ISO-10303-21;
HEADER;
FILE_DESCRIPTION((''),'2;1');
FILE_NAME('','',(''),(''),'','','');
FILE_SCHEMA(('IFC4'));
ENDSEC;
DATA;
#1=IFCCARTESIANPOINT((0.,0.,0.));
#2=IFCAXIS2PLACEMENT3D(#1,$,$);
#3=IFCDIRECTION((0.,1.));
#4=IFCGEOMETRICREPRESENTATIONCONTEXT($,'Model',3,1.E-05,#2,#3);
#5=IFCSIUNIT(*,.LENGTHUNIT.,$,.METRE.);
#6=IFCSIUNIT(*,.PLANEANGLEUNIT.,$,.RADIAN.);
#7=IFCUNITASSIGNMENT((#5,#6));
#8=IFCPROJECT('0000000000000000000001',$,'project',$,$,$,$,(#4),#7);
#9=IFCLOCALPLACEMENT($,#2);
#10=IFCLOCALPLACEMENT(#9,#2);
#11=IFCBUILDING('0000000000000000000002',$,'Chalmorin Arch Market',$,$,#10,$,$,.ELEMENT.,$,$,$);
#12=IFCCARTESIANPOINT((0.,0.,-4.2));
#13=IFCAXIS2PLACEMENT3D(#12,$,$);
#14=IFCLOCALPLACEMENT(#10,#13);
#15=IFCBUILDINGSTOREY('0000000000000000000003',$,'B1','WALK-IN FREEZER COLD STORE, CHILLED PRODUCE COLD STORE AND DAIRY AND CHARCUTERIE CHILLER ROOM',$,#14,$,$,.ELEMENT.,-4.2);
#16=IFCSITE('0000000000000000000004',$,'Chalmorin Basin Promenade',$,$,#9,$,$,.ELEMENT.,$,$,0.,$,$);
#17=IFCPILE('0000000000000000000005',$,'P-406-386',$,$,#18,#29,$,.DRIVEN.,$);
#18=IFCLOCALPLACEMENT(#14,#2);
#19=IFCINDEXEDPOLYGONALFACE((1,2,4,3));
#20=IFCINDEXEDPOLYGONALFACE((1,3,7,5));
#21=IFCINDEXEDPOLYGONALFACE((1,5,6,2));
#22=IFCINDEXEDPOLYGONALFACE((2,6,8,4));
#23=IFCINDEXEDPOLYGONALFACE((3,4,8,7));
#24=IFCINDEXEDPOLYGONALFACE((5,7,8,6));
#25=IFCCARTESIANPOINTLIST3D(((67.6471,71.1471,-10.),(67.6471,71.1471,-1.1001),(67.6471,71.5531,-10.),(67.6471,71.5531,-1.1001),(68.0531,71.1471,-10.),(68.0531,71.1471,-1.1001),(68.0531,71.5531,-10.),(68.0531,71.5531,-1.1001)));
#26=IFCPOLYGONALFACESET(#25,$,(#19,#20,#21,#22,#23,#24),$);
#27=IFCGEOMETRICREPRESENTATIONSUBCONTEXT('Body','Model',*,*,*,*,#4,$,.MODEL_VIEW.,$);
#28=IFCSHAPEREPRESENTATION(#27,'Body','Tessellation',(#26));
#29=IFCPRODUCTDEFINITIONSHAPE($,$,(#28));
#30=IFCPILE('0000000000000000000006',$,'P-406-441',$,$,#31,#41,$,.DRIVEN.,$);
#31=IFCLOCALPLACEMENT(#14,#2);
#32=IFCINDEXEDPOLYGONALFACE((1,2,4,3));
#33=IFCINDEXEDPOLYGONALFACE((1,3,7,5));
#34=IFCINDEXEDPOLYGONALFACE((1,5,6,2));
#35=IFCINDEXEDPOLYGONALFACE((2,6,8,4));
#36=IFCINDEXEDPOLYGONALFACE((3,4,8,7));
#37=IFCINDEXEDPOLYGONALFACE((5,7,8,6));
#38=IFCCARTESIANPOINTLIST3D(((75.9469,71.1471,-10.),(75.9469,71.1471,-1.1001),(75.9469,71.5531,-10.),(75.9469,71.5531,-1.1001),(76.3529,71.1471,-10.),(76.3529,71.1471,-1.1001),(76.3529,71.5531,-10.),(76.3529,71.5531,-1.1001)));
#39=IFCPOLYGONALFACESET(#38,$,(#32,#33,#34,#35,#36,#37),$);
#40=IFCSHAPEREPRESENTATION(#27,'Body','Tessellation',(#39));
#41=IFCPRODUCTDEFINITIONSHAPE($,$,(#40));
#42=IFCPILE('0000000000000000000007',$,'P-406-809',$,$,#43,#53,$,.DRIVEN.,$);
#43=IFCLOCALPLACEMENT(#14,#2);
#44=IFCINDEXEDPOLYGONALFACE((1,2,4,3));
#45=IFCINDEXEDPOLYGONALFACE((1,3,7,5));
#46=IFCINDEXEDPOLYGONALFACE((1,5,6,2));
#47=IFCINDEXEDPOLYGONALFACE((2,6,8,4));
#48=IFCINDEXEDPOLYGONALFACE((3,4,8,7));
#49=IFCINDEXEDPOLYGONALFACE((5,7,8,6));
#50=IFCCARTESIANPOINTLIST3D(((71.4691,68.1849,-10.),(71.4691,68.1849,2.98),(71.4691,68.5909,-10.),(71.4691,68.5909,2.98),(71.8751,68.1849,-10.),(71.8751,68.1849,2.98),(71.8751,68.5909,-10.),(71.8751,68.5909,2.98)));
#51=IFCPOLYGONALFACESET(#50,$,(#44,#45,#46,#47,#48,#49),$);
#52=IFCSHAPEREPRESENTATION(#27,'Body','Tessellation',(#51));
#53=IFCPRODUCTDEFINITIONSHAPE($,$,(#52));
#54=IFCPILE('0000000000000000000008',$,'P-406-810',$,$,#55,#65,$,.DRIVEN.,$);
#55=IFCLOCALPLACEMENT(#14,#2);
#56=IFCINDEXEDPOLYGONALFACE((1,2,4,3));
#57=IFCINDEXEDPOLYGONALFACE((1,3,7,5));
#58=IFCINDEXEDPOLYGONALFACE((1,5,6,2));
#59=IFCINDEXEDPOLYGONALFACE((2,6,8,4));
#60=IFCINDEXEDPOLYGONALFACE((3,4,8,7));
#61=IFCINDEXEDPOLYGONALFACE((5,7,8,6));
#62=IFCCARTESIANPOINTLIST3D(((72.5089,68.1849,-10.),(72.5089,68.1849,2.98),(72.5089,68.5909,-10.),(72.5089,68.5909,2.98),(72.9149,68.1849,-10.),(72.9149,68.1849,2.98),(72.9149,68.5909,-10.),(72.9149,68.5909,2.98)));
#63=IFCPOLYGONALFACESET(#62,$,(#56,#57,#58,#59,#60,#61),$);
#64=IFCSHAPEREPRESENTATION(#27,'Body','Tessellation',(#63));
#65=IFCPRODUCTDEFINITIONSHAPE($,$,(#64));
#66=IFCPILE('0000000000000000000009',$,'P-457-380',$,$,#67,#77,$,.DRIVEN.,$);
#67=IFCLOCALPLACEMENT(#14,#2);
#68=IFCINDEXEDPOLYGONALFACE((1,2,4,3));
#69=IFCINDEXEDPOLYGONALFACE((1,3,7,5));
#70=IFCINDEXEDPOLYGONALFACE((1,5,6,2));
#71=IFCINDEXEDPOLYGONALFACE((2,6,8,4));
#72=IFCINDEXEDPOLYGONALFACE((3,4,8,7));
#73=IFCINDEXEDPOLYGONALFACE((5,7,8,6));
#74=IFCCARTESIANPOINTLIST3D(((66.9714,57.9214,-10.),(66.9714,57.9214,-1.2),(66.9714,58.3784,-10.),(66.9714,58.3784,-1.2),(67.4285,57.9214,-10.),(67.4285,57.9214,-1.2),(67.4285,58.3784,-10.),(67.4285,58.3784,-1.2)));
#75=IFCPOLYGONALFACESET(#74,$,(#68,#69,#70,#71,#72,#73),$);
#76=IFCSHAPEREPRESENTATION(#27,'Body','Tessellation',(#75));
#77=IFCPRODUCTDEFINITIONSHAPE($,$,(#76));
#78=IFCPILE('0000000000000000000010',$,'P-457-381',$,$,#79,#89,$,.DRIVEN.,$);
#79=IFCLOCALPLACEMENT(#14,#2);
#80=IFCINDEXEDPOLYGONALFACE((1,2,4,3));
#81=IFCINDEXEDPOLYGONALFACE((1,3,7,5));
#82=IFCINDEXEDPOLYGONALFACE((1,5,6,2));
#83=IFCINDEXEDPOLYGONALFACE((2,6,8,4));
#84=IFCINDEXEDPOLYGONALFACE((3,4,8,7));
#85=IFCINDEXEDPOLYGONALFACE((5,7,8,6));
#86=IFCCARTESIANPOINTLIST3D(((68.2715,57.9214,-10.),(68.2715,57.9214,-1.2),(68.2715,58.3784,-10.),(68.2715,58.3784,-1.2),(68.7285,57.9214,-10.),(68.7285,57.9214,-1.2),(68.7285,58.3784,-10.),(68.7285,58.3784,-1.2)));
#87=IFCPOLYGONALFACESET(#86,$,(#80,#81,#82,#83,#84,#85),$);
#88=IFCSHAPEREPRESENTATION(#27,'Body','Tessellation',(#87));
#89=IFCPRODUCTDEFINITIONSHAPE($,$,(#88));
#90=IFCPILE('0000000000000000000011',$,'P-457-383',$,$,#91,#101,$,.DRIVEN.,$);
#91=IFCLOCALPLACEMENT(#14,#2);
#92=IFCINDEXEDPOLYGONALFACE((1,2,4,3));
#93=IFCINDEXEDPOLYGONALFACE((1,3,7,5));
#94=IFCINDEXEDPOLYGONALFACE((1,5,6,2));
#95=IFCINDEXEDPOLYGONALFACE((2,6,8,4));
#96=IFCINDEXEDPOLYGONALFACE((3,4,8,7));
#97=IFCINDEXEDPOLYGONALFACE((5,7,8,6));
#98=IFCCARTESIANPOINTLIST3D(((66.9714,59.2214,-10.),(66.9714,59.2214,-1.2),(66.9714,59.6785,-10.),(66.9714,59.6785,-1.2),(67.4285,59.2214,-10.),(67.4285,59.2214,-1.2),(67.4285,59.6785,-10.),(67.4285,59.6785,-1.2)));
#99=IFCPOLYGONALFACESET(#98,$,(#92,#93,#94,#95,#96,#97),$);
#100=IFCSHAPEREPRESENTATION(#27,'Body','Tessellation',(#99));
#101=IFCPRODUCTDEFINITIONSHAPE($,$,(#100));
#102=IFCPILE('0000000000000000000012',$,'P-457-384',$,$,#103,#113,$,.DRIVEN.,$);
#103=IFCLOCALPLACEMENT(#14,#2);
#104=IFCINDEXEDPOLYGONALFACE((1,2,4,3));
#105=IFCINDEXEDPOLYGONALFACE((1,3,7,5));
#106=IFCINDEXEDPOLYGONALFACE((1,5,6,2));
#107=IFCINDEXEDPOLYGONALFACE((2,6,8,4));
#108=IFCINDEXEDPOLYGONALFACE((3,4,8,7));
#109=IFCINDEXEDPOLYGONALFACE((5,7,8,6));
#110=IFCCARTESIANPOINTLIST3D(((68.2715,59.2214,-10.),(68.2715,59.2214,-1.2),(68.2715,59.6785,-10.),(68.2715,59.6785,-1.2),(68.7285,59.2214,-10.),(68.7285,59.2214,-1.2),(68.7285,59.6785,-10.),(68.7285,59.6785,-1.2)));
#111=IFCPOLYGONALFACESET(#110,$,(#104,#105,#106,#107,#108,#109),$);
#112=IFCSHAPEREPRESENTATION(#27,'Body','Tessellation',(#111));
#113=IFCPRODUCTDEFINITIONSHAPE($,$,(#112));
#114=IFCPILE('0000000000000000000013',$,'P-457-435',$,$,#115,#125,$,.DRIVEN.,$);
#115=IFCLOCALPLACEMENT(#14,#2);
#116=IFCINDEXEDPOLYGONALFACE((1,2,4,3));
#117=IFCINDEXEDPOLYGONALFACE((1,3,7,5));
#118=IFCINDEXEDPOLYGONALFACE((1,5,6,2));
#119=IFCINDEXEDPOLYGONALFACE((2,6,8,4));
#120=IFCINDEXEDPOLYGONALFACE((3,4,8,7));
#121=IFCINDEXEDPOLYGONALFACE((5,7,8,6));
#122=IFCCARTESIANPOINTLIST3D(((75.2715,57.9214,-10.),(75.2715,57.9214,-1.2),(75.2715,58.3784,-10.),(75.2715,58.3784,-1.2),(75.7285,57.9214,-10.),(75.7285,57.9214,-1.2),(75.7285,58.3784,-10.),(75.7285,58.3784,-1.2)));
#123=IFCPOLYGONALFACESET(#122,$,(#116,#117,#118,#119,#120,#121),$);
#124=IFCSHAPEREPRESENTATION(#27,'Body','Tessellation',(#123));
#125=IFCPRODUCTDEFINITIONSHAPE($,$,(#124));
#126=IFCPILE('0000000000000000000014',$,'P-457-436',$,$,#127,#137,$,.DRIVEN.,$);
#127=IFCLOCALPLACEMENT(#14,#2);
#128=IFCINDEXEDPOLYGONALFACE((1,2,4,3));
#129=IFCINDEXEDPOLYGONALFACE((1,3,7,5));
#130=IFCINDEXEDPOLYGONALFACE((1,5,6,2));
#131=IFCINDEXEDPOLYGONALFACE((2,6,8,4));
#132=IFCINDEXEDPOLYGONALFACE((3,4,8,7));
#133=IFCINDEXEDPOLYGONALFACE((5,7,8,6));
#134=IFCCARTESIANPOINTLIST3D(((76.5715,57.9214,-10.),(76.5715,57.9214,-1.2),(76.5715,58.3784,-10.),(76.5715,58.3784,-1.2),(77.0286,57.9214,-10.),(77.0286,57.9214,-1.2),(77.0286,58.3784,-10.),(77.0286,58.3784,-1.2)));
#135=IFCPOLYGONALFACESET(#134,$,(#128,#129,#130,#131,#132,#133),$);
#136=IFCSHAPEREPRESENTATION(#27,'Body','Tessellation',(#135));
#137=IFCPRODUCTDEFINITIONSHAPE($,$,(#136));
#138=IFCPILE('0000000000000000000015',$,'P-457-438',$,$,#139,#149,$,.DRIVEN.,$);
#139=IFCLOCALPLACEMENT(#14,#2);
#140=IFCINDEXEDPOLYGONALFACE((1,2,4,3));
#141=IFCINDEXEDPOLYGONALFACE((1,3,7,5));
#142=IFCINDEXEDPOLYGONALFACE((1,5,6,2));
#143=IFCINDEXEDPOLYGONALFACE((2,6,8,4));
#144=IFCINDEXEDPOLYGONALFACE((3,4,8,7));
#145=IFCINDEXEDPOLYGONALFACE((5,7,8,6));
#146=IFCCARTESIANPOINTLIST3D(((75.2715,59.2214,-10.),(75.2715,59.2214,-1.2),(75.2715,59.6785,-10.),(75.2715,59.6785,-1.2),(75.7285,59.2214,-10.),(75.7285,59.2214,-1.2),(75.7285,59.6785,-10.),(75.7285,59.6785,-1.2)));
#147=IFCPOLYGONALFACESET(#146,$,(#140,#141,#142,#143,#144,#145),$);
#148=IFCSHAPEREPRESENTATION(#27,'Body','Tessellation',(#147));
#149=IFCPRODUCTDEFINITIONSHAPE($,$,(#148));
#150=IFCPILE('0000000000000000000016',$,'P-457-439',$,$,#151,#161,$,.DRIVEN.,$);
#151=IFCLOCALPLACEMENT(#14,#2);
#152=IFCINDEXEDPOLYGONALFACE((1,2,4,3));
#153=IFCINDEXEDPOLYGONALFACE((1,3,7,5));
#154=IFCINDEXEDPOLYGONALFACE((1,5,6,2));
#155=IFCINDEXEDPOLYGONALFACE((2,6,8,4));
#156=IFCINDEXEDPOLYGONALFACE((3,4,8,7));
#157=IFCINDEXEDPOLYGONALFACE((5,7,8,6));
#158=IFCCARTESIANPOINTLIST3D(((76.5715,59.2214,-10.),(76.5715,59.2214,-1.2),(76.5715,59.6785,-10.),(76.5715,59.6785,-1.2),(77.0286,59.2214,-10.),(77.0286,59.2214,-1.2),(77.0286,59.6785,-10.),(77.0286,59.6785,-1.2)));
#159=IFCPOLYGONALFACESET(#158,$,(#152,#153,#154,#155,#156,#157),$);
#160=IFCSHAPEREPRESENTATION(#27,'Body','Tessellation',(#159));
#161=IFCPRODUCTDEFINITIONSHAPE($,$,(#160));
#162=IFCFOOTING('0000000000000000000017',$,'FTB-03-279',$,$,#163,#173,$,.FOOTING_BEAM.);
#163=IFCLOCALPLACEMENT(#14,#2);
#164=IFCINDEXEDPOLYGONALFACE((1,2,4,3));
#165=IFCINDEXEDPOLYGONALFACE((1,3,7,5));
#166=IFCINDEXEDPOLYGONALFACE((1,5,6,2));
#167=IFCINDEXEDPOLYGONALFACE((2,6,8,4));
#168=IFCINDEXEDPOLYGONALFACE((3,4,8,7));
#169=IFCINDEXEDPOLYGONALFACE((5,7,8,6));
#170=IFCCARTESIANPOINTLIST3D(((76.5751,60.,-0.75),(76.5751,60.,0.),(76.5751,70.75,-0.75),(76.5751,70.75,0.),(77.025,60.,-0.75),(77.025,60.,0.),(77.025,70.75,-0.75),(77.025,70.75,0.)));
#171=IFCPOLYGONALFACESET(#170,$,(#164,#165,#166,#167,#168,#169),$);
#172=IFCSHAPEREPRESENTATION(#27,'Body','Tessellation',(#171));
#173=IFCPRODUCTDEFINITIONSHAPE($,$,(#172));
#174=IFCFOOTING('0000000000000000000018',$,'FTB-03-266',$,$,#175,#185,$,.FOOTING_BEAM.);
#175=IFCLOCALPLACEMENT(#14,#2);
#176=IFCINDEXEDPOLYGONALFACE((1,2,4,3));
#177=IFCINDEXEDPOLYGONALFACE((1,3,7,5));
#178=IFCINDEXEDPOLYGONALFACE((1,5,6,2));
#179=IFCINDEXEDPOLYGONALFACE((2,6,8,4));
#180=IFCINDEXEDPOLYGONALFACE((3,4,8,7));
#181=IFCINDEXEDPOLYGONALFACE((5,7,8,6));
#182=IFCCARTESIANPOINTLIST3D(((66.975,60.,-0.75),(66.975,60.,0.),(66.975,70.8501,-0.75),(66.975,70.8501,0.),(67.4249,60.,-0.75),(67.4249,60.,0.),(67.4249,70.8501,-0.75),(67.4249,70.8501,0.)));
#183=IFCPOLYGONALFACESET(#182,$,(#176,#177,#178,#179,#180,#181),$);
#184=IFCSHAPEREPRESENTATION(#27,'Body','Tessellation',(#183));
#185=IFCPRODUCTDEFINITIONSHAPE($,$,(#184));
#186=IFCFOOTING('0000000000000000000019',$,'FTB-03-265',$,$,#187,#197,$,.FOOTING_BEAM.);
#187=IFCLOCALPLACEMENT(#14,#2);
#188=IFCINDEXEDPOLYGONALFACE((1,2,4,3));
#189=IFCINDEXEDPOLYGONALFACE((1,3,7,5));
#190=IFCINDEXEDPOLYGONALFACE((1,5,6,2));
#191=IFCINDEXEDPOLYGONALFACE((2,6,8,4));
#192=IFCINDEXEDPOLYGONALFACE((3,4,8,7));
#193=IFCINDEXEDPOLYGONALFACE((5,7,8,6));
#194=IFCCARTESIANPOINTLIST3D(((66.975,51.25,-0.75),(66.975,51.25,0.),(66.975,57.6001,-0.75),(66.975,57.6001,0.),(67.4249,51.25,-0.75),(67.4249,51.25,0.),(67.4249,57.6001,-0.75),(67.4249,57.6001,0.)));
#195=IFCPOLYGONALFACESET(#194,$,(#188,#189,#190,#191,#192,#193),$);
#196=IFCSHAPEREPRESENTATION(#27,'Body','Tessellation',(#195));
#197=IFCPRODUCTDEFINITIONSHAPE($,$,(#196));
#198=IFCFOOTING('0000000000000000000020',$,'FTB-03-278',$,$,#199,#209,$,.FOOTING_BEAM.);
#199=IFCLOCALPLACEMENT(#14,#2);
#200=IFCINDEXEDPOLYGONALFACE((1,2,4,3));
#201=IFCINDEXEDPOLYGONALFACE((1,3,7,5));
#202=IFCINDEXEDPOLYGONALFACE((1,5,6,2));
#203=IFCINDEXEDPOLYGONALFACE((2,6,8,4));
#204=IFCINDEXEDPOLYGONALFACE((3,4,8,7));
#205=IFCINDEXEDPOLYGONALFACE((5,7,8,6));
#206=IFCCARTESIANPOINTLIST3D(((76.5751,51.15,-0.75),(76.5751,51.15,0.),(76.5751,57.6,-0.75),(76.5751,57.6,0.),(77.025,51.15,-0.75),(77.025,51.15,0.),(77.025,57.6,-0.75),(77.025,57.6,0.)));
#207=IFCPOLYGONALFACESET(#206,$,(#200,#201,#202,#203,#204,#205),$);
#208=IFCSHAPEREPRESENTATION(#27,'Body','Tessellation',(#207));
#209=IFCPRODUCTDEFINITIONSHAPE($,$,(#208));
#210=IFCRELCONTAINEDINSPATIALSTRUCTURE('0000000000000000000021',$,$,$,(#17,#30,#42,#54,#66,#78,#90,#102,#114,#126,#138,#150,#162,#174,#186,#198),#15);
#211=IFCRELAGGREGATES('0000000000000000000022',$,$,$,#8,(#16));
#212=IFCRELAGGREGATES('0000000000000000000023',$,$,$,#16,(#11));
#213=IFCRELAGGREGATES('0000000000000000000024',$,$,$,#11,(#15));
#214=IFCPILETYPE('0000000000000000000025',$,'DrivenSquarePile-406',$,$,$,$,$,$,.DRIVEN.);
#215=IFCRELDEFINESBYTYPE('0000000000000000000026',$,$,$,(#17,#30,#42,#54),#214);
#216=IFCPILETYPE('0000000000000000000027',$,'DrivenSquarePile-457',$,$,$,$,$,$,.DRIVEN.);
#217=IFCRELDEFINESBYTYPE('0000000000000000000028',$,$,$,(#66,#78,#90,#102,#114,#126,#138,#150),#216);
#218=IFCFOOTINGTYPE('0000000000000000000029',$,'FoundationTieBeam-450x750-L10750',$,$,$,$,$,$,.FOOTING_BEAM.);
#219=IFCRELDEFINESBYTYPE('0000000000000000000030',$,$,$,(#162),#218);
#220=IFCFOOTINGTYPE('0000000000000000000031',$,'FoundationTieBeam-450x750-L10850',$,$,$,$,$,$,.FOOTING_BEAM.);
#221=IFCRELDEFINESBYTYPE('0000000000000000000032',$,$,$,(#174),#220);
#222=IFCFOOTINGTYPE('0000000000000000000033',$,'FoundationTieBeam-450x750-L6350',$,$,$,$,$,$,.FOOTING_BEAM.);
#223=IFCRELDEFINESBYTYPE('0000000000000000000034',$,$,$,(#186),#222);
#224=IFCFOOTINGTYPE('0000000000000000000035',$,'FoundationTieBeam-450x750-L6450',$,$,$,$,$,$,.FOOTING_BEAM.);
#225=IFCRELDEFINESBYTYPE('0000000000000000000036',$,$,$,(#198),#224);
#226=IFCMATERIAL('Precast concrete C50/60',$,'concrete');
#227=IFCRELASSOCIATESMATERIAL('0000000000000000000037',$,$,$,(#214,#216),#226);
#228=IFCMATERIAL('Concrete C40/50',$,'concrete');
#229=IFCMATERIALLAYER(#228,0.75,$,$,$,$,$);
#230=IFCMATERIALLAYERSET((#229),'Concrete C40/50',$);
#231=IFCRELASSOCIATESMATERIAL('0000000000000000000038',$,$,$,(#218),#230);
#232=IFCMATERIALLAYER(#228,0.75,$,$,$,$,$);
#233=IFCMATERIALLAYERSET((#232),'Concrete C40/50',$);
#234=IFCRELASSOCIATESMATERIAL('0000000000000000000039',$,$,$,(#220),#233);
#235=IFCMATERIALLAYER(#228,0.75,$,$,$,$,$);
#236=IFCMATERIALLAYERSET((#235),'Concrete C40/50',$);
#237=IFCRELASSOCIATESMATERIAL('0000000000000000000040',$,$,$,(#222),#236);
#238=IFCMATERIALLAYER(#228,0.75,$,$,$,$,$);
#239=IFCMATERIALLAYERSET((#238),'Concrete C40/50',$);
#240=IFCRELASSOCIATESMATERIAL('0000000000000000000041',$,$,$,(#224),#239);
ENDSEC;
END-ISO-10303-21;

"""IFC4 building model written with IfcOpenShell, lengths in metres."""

from ifc_helpers import new_model, si_unit, direction, frame, origin, origin_2d, place, context, subcontext, project, spatial, rectangle, extrude, material, layer, layer_set, material_profile, profile_set, type_object, element, save


model = new_model("IFC4")

# Units and contexts
model_context = context("Model", 3, precision=1e-05, world=origin(), true_north=direction((0.0, 1.0)))
body_context = subcontext(model_context, "Body", "Model", "MODEL_VIEW")
ifc_project = project(units=[si_unit("LENGTHUNIT", "METRE"), si_unit("PLANEANGLEUNIT", "RADIAN")], contexts=[model_context])

# Site, building, storey
site_placement = place(None, origin())
site = spatial("IfcSite", under=ifc_project, at=site_placement, Name="Chalmorin Basin Promenade", CompositionType="ELEMENT", RefElevation=0.0)
building_placement = place(site_placement, origin())
building = spatial("IfcBuilding", under=site, at=building_placement, Name="Chalmorin Arch Market", CompositionType="ELEMENT")
storey_placement = place(building_placement, frame((0.0, 0.0, -4.2)))
storey = spatial("IfcBuildingStorey", under=building, at=storey_placement, Name="B1", Description="WALK-IN FREEZER COLD STORE, CHILLED PRODUCE COLD STORE AND DAIRY AND CHARCUTERIE CHILLER ROOM", CompositionType="ELEMENT", Elevation=-4.2)

# Piles
ifc_material_1 = material(Name="Precast concrete C50/60", Category="concrete")
ifc_material_profile_1 = material_profile(ifc_material_1, rectangle(XDim=0.406, YDim=0.406, at=origin_2d()), Name="PPC406")
ifc_profile_set_1 = profile_set([ifc_material_profile_1], Name="Precast concrete C50/60")
pile_type_1 = type_object("IfcPileType", Name="DrivenSquarePile-406", PredefinedType="DRIVEN", material=ifc_profile_set_1)
for number, where, z_axis, x_axis, name in (
    (1, (67.8501, 71.3501, -1.1001), (0.0, 0.0, -1.0), (1.0, 0.0, 0.0), "P-406-386"),
    (2, (76.1499, 71.3501, -1.1001), (0.0, 0.0, -1.0), (1.0, 0.0, 0.0), "P-406-441"),
):
    element("IfcPile", number, at=place(storey_placement, frame(where, z_axis=z_axis, x_axis=x_axis)), inside=storey, type_object=pile_type_1, Name=name, PredefinedType="DRIVEN", context=body_context, shape_type="SweptSolid", body=[
        extrude(rectangle(XDim=0.406, YDim=0.406, at=origin_2d()), origin(), (0.0, 0.0, 1.0), 8.8999),
    ])
for number, where, z_axis, x_axis, name in (
    (3, (71.6721, 68.3879, 2.98), (0.0, 0.0, -1.0), (1.0, 0.0, 0.0), "P-406-809"),
    (4, (72.7119, 68.3879, 2.98), (0.0, 0.0, -1.0), (1.0, 0.0, 0.0), "P-406-810"),
):
    element("IfcPile", number, at=place(storey_placement, frame(where, z_axis=z_axis, x_axis=x_axis)), inside=storey, type_object=pile_type_1, Name=name, PredefinedType="DRIVEN", context=body_context, shape_type="SweptSolid", body=[
        extrude(rectangle(XDim=0.406, YDim=0.406, at=origin_2d()), origin(), (0.0, 0.0, 1.0), 12.98),
    ])
ifc_material_profile_2 = material_profile(ifc_material_1, rectangle(XDim=0.457, YDim=0.457, at=origin_2d()), Name="PPC457")
ifc_profile_set_2 = profile_set([ifc_material_profile_2], Name="Precast concrete C50/60")
pile_type_2 = type_object("IfcPileType", Name="DrivenSquarePile-457", PredefinedType="DRIVEN", material=ifc_profile_set_2)
for number, where, z_axis, x_axis, name in (
    (5, (67.2, 58.1499, -1.2), (0.0, 0.0, -1.0), (1.0, 0.0, 0.0), "P-457-380"),
    (6, (68.5, 58.1499, -1.2), (0.0, 0.0, -1.0), (1.0, 0.0, 0.0), "P-457-381"),
    (7, (67.2, 59.45, -1.2), (0.0, 0.0, -1.0), (1.0, 0.0, 0.0), "P-457-383"),
    (8, (68.5, 59.45, -1.2), (0.0, 0.0, -1.0), (1.0, 0.0, 0.0), "P-457-384"),
    (9, (75.5, 58.1499, -1.2), (0.0, 0.0, -1.0), (1.0, 0.0, 0.0), "P-457-435"),
    (10, (76.8, 58.1499, -1.2), (0.0, 0.0, -1.0), (1.0, 0.0, 0.0), "P-457-436"),
    (11, (75.5, 59.45, -1.2), (0.0, 0.0, -1.0), (1.0, 0.0, 0.0), "P-457-438"),
    (12, (76.8, 59.45, -1.2), (0.0, 0.0, -1.0), (1.0, 0.0, 0.0), "P-457-439"),
):
    element("IfcPile", number, at=place(storey_placement, frame(where, z_axis=z_axis, x_axis=x_axis)), inside=storey, type_object=pile_type_2, Name=name, PredefinedType="DRIVEN", context=body_context, shape_type="SweptSolid", body=[
        extrude(rectangle(XDim=0.457, YDim=0.457, at=origin_2d()), origin(), (0.0, 0.0, 1.0), 8.8),
    ])

# Footings
ifc_material_2 = material(Name="Concrete C40/50", Category="concrete")
ifc_layer_1 = layer(ifc_material_2, 0.75)
ifc_layer_set_1 = layer_set([ifc_layer_1], Name="Concrete C40/50")
footing_type_1 = type_object("IfcFootingType", Name="FoundationTieBeam-450x750-L10750", PredefinedType="FOOTING_BEAM", material=ifc_layer_set_1)
footing_1_placement = place(storey_placement, frame((76.8, 65.375, -0.75), z_axis=(0.0, 0.0, 1.0), x_axis=(0.0, 1.0, 0.0)))
element("IfcFooting", 13, at=footing_1_placement, inside=storey, type_object=footing_type_1, Name="FTB-03-279", PredefinedType="FOOTING_BEAM", context=body_context, shape_type="SweptSolid", body=[
    extrude(rectangle(XDim=10.75, YDim=0.45, at=origin_2d()), origin(), (0.0, 0.0, 1.0), 0.75),
])
ifc_layer_2 = layer(ifc_material_2, 0.75)
ifc_layer_set_2 = layer_set([ifc_layer_2], Name="Concrete C40/50")
footing_type_2 = type_object("IfcFootingType", Name="FoundationTieBeam-450x750-L10850", PredefinedType="FOOTING_BEAM", material=ifc_layer_set_2)
footing_2_placement = place(storey_placement, frame((67.2, 65.425, -0.75), z_axis=(0.0, 0.0, 1.0), x_axis=(0.0, 1.0, 0.0)))
element("IfcFooting", 14, at=footing_2_placement, inside=storey, type_object=footing_type_2, Name="FTB-03-266", PredefinedType="FOOTING_BEAM", context=body_context, shape_type="SweptSolid", body=[
    extrude(rectangle(XDim=10.8501, YDim=0.45, at=origin_2d()), origin(), (0.0, 0.0, 1.0), 0.75),
])
ifc_layer_3 = layer(ifc_material_2, 0.75)
ifc_layer_set_3 = layer_set([ifc_layer_3], Name="Concrete C40/50")
footing_type_3 = type_object("IfcFootingType", Name="FoundationTieBeam-450x750-L6350", PredefinedType="FOOTING_BEAM", material=ifc_layer_set_3)
footing_3_placement = place(storey_placement, frame((67.2, 54.425, -0.75), z_axis=(0.0, 0.0, 1.0), x_axis=(0.0, 1.0, 0.0)))
element("IfcFooting", 15, at=footing_3_placement, inside=storey, type_object=footing_type_3, Name="FTB-03-265", PredefinedType="FOOTING_BEAM", context=body_context, shape_type="SweptSolid", body=[
    extrude(rectangle(XDim=6.3501, YDim=0.45, at=origin_2d()), origin(), (0.0, 0.0, 1.0), 0.75),
])
ifc_layer_4 = layer(ifc_material_2, 0.75)
ifc_layer_set_4 = layer_set([ifc_layer_4], Name="Concrete C40/50")
footing_type_4 = type_object("IfcFootingType", Name="FoundationTieBeam-450x750-L6450", PredefinedType="FOOTING_BEAM", material=ifc_layer_set_4)
footing_4_placement = place(storey_placement, frame((76.8, 54.375, -0.75), z_axis=(0.0, 0.0, 1.0), x_axis=(0.0, 1.0, 0.0)))
element("IfcFooting", 16, at=footing_4_placement, inside=storey, type_object=footing_type_4, Name="FTB-03-278", PredefinedType="FOOTING_BEAM", context=body_context, shape_type="SweptSolid", body=[
    extrude(rectangle(XDim=6.45, YDim=0.45, at=origin_2d()), origin(), (0.0, 0.0, 1.0), 0.75),
])

save(model, "model.ifc")
